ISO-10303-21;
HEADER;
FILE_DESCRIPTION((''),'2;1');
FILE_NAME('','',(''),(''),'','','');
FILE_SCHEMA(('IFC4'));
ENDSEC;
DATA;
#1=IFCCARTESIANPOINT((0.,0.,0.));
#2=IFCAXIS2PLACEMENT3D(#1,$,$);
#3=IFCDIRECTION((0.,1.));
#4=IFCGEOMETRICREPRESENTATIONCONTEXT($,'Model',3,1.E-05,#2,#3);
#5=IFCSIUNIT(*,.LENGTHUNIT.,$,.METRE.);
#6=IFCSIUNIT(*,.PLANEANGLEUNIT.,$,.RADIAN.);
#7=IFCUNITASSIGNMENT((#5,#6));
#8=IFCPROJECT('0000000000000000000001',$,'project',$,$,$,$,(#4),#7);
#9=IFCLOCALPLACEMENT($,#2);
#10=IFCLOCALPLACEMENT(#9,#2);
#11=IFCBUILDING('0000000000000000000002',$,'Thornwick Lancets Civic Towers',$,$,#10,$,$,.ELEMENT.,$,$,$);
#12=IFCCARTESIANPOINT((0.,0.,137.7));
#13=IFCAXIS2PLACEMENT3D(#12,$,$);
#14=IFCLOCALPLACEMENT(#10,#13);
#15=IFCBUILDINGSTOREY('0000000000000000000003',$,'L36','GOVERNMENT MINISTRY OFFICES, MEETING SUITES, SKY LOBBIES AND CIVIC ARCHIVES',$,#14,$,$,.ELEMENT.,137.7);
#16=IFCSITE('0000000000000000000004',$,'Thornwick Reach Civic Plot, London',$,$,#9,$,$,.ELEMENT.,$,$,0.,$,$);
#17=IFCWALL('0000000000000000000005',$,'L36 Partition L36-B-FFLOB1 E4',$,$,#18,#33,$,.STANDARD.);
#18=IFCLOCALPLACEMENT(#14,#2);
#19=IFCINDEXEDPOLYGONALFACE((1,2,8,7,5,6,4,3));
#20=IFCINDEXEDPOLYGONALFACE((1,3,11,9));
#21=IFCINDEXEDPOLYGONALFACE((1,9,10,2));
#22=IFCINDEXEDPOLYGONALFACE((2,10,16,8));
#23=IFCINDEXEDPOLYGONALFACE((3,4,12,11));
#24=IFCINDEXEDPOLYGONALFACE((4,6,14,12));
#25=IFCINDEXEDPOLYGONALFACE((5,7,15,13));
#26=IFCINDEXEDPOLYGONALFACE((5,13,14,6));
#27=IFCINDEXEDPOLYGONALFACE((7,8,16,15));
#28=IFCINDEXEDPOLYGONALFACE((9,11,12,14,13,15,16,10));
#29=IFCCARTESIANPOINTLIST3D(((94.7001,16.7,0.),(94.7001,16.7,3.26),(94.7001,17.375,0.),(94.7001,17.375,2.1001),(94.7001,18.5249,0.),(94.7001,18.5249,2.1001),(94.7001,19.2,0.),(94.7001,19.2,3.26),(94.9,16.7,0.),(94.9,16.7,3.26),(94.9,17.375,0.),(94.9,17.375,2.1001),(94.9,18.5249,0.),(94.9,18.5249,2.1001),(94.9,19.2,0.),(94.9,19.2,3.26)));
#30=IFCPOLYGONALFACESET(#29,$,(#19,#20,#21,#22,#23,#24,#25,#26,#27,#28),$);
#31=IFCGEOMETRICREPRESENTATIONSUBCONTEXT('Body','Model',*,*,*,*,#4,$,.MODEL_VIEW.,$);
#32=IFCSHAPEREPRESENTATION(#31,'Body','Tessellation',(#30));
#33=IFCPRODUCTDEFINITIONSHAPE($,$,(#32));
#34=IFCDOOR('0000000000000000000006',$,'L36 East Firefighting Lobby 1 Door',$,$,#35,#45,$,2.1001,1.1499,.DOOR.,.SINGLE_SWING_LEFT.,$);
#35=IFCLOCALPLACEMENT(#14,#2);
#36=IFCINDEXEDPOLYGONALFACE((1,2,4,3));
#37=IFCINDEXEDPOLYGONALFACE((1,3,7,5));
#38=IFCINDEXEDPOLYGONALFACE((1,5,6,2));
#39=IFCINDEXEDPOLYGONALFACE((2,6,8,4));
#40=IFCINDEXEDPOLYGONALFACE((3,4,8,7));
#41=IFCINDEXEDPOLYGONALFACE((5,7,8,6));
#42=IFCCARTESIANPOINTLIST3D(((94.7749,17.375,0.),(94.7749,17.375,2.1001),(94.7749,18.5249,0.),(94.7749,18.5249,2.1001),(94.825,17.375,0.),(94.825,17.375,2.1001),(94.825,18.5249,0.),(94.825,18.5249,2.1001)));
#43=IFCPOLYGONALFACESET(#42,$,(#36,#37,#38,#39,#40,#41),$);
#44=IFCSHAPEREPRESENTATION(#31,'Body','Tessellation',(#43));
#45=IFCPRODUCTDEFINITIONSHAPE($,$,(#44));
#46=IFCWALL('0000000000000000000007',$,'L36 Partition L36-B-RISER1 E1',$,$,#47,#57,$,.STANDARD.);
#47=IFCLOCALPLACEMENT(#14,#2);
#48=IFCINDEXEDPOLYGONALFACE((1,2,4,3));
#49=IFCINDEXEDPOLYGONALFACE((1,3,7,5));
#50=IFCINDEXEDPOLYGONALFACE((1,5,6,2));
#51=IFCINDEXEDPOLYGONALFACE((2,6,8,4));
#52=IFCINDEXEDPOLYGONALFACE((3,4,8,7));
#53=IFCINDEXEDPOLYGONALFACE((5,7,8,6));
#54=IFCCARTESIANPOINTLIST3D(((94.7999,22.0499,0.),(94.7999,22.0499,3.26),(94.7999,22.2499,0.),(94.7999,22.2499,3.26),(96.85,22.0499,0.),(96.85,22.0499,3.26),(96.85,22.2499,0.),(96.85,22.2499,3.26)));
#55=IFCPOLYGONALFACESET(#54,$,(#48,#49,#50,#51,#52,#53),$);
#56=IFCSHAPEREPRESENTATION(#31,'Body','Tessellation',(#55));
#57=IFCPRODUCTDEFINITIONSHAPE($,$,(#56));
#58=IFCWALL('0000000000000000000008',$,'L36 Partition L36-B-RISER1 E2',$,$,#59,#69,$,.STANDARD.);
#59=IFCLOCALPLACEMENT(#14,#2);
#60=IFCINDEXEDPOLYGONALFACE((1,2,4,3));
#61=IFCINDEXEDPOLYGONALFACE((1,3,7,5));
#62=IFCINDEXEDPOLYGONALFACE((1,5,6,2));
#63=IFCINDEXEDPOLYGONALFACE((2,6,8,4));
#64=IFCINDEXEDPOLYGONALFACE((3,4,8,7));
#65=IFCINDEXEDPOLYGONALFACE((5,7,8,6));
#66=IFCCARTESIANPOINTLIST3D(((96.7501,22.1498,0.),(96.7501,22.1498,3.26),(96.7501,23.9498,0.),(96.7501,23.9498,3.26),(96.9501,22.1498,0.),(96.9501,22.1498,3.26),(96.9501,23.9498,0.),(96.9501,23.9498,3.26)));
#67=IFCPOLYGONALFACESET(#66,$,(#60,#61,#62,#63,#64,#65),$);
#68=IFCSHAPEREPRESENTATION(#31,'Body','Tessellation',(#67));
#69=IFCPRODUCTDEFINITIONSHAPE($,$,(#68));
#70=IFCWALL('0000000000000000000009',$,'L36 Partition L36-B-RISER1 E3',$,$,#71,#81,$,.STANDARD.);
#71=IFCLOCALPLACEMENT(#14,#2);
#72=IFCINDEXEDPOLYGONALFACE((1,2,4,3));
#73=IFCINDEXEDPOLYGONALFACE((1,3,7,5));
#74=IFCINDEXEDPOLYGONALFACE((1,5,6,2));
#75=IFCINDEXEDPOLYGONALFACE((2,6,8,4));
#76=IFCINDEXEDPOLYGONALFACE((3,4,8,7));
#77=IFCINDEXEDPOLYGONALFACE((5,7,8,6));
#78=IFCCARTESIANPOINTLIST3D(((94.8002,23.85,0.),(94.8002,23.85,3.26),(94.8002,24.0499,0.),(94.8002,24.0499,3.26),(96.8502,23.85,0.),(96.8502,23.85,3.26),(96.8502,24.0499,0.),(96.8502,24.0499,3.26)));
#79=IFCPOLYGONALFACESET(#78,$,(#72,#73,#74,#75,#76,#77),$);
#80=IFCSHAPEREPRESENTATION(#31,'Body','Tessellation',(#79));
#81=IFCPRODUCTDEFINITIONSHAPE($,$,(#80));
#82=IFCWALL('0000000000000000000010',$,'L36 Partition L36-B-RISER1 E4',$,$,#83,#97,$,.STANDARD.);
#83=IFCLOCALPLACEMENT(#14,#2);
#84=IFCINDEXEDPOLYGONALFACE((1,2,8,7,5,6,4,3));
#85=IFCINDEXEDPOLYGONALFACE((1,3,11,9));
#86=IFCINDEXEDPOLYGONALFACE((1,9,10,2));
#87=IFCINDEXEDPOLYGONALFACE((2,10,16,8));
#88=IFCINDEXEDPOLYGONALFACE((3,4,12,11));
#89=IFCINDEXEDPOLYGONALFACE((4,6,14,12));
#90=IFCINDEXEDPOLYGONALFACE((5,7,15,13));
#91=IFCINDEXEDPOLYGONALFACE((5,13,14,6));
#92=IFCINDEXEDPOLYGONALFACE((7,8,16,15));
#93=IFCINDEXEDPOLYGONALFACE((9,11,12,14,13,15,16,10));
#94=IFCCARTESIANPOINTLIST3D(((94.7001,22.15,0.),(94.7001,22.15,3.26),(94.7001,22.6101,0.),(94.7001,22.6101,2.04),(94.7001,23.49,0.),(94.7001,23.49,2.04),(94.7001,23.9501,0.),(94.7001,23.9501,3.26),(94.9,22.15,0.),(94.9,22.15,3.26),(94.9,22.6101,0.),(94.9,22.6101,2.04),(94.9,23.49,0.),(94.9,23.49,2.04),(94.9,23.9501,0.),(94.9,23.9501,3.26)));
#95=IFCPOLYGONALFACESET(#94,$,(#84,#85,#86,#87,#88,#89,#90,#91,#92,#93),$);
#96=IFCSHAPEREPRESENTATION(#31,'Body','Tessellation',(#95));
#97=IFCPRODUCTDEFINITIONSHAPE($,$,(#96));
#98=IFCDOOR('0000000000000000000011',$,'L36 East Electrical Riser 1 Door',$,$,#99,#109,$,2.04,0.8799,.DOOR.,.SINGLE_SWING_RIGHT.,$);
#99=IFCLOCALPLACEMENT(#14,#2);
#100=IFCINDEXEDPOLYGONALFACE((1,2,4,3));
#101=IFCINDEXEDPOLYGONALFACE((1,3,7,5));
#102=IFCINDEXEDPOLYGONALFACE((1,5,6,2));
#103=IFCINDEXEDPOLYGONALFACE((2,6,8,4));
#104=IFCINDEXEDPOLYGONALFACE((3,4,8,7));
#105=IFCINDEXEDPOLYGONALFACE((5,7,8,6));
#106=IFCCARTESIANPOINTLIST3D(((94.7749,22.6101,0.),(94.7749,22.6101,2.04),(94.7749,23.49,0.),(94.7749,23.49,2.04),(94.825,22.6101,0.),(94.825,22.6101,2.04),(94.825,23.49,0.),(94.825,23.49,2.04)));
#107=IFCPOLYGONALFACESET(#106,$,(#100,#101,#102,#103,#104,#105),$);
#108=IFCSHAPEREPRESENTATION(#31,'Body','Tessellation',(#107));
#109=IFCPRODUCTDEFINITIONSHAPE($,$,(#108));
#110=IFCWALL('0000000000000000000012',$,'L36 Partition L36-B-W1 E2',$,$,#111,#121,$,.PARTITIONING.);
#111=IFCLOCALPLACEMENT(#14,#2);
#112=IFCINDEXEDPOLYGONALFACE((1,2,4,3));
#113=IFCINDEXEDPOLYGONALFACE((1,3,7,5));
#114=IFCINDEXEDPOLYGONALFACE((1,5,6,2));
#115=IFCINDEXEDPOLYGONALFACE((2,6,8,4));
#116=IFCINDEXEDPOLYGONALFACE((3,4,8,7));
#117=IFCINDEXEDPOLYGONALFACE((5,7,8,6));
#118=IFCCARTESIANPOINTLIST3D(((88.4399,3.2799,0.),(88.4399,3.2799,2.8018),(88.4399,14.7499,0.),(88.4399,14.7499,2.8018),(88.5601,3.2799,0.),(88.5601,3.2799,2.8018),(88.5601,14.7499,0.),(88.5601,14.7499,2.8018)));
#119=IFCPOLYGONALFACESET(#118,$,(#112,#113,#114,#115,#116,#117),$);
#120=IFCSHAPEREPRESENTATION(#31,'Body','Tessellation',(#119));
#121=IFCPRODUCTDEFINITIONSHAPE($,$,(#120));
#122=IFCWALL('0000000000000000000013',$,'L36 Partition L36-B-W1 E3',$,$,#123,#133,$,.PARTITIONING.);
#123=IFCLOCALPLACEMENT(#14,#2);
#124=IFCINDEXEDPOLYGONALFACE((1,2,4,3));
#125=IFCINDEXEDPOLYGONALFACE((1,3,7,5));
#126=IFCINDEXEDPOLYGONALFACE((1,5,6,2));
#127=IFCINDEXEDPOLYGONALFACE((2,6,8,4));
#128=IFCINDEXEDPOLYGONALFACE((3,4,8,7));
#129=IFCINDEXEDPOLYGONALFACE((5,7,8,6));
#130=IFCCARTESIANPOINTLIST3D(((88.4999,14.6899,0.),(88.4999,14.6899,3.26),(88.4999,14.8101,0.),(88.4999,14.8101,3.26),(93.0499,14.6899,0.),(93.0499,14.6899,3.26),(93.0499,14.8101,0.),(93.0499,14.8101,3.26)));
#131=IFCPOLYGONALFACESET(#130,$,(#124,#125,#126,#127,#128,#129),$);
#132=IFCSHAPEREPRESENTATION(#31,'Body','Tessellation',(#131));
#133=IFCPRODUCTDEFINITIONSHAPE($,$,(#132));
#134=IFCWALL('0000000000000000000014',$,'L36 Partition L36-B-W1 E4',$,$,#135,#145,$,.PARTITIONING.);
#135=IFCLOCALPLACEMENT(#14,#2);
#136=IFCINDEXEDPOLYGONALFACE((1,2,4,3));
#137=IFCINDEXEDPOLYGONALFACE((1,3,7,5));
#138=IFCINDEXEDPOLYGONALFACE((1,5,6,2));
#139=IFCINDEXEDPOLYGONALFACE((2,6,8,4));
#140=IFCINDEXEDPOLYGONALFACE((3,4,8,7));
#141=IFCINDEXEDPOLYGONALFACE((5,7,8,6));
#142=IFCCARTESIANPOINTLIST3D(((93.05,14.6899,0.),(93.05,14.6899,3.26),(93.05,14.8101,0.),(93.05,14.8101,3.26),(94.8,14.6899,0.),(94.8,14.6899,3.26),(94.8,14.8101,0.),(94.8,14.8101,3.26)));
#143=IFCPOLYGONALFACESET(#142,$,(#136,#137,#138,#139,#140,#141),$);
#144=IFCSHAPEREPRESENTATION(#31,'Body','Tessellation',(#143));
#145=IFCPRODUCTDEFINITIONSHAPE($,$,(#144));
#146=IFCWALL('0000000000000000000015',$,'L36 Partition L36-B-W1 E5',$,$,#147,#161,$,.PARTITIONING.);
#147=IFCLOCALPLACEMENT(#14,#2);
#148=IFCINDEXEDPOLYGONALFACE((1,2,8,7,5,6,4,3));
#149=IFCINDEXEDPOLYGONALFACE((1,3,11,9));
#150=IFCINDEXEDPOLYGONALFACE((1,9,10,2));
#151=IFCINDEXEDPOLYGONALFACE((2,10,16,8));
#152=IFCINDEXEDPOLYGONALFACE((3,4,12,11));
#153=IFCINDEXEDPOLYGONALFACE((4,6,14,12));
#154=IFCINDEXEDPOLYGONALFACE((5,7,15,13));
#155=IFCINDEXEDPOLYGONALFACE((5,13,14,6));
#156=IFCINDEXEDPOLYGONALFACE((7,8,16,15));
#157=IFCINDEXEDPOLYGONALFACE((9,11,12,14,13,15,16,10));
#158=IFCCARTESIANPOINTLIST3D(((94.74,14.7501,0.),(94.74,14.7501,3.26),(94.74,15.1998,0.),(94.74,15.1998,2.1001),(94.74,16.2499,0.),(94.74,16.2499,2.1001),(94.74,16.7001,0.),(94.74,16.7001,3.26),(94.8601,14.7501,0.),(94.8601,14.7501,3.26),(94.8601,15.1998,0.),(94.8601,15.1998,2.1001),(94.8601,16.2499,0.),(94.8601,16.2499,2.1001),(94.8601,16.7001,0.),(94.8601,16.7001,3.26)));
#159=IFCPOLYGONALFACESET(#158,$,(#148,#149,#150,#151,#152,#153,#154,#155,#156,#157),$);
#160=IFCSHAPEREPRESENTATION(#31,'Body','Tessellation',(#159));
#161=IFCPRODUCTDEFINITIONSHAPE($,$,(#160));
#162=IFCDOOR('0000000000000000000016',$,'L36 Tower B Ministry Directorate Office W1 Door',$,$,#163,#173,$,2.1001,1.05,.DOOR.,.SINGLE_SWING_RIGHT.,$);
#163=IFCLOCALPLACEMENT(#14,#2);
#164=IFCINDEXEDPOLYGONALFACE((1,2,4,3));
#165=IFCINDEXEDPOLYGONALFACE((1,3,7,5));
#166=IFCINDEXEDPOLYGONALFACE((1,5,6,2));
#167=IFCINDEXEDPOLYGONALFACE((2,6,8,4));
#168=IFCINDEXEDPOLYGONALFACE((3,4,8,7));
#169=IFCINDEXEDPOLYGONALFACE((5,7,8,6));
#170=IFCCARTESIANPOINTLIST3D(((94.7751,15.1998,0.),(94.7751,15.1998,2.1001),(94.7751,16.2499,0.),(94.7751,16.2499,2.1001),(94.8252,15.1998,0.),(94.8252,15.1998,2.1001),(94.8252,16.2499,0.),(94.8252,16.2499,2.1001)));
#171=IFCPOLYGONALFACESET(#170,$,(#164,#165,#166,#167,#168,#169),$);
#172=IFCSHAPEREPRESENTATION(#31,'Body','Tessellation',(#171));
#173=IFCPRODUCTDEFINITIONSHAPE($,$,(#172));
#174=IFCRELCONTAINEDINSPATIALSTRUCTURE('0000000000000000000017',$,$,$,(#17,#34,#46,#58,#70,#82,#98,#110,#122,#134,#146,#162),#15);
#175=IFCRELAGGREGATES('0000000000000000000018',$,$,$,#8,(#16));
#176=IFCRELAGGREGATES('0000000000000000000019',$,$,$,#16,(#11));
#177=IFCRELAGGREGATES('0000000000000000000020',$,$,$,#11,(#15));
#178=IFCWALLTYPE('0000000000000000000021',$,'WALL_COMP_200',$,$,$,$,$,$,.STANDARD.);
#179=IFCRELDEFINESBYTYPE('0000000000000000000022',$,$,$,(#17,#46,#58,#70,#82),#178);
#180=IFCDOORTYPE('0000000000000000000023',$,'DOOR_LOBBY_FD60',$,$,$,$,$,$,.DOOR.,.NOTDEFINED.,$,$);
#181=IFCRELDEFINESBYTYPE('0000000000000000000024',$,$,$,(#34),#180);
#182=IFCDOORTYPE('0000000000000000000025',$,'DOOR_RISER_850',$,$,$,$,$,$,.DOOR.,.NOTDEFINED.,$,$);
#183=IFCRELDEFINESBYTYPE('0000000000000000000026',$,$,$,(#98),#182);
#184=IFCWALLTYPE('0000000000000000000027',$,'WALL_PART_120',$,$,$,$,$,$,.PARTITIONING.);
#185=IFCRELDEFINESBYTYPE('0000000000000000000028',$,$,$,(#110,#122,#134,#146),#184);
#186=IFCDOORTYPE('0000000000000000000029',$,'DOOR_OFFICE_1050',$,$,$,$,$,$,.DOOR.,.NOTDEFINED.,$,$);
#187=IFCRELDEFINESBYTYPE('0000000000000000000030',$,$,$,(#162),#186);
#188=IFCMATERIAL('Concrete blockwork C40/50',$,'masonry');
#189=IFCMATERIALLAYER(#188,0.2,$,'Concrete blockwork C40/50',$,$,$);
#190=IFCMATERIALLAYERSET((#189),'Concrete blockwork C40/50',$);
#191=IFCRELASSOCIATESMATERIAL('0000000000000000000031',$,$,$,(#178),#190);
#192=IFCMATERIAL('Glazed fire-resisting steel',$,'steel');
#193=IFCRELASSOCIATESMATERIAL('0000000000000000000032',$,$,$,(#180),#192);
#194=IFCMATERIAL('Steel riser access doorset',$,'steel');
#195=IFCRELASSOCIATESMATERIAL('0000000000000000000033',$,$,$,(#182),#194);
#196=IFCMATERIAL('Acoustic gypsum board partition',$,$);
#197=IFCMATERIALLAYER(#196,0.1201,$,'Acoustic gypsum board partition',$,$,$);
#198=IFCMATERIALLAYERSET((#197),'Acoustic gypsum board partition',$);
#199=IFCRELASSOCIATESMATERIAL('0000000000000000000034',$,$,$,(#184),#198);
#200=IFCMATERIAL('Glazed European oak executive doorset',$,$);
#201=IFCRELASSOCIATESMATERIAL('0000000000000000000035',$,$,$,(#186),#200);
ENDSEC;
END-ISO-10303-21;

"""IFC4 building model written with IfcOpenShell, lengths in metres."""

from ifc_helpers import new_model, si_unit, direction, frame, frame_2d, origin, place, context, subcontext, project, spatial, rectangle, extrude, material, layer, layer_set, type_object, element, fill, save


model = new_model("IFC4")

# Units and contexts
model_context = context("Model", 3, precision=1e-05, world=origin(), true_north=direction((0.0, 1.0)))
body_context = subcontext(model_context, "Body", "Model", "MODEL_VIEW")
ifc_project = project(units=[si_unit("LENGTHUNIT", "METRE"), si_unit("PLANEANGLEUNIT", "RADIAN")], contexts=[model_context])

# Site, building, storey
site_placement = place(None, origin())
site = spatial("IfcSite", under=ifc_project, at=site_placement, Name="Thornwick Reach Civic Plot, London", CompositionType="ELEMENT", RefElevation=0.0)
building_placement = place(site_placement, origin())
building = spatial("IfcBuilding", under=site, at=building_placement, Name="Thornwick Lancets Civic Towers", CompositionType="ELEMENT")
storey_placement = place(building_placement, frame((0.0, 0.0, 137.7)))
storey = spatial("IfcBuildingStorey", under=building, at=storey_placement, Name="L36", Description="GOVERNMENT MINISTRY OFFICES, MEETING SUITES, SKY LOBBIES AND CIVIC ARCHIVES", CompositionType="ELEMENT", Elevation=137.7)

# Shared definitions
ifc_material_1 = material(Name="Concrete blockwork C40/50", Category="masonry")
ifc_layer_1 = layer(ifc_material_1, 0.2, Name="Concrete blockwork C40/50")
ifc_layer_set_1 = layer_set([ifc_layer_1], Name="Concrete blockwork C40/50")
wall_type_1 = type_object("IfcWallType", Name="WALL_COMP_200", PredefinedType="STANDARD", material=ifc_layer_set_1)

# Wall, opening, door
wall_1_placement = place(storey_placement, frame((94.8, 19.2, 0.0), z_axis=(0.0, 0.0, 1.0), x_axis=(0.0, -1.0, 0.0)))
wall_1 = element("IfcWall", 1, at=wall_1_placement, inside=storey, type_object=wall_type_1, Name="L36 Partition L36-B-FFLOB1 E4", PredefinedType="STANDARD", context=body_context, shape_type="SweptSolid", body=[
    extrude(rectangle(XDim=2.5, YDim=0.2, at=frame_2d((1.25, 0.0))), origin(), (0.0, 0.0, 1.0), 3.26),
])
opening_1_placement = place(wall_1_placement, frame((0.675, 0.0, 0.0)))
opening_1 = element("IfcOpeningElement", 2, at=opening_1_placement, cuts=wall_1, PredefinedType="OPENING", context=body_context, shape_type="SweptSolid", body=[
    extrude(rectangle(XDim=1.1499, YDim=2.1001, at=frame_2d((0.575, 1.05))), frame((0.0, 0.1099, 0.0), z_axis=(0.0, -1.0, 0.0), x_axis=(1.0, 0.0, 0.0)), (0.0, 0.0, 1.0), 0.22),
])
ifc_material_2 = material(Name="Glazed fire-resisting steel", Category="steel")
door_type_1 = type_object("IfcDoorType", Name="DOOR_LOBBY_FD60", OperationType="NOTDEFINED", PredefinedType="DOOR", material=ifc_material_2)
door_1_placement = place(opening_1_placement, origin())
door_1 = element("IfcDoor", 3, at=door_1_placement, inside=storey, type_object=door_type_1, Name="L36 East Firefighting Lobby 1 Door", OperationType="SINGLE_SWING_LEFT", OverallHeight=2.1001, OverallWidth=1.1499, PredefinedType="DOOR", context=body_context, shape_type="SweptSolid", body=[
    extrude(rectangle(XDim=1.1499, YDim=2.1001, at=frame_2d((0.575, 1.05))), frame((0.0, 0.0249, 0.0), z_axis=(0.0, -1.0, 0.0), x_axis=(1.0, 0.0, 0.0)), (0.0, 0.0, 1.0), 0.05),
])
fill(opening_1, door_1)

# Walls
wall_2_placement = place(storey_placement, frame((94.8, 22.1499, 0.0), z_axis=(0.0, 0.0, 1.0), x_axis=(1.0, 0.0, 0.0)))
element("IfcWall", 4, at=wall_2_placement, inside=storey, type_object=wall_type_1, Name="L36 Partition L36-B-RISER1 E1", PredefinedType="STANDARD", context=body_context, shape_type="SweptSolid", body=[
    extrude(rectangle(XDim=2.05, YDim=0.2, at=frame_2d((1.0249, 0.0))), origin(), (0.0, 0.0, 1.0), 3.26),
])
wall_3_placement = place(storey_placement, frame((96.8501, 22.1499, 0.0), z_axis=(0.0, 0.0, 1.0), x_axis=(0.0, 1.0, 0.0)))
element("IfcWall", 5, at=wall_3_placement, inside=storey, type_object=wall_type_1, Name="L36 Partition L36-B-RISER1 E2", PredefinedType="STANDARD", context=body_context, shape_type="SweptSolid", body=[
    extrude(rectangle(XDim=1.8, YDim=0.2, at=frame_2d((0.8999, 0.0))), origin(), (0.0, 0.0, 1.0), 3.26),
])
wall_4_placement = place(storey_placement, frame((96.8501, 23.95, 0.0), z_axis=(0.0, 0.0, 1.0), x_axis=(-1.0, 0.0, 0.0)))
element("IfcWall", 6, at=wall_4_placement, inside=storey, type_object=wall_type_1, Name="L36 Partition L36-B-RISER1 E3", PredefinedType="STANDARD", context=body_context, shape_type="SweptSolid", body=[
    extrude(rectangle(XDim=2.05, YDim=0.2, at=frame_2d((1.0249, 0.0))), origin(), (0.0, 0.0, 1.0), 3.26),
])

# Wall, opening, door
wall_5_placement = place(storey_placement, frame((94.8, 23.95, 0.0), z_axis=(0.0, 0.0, 1.0), x_axis=(0.0, -1.0, 0.0)))
wall_5 = element("IfcWall", 7, at=wall_5_placement, inside=storey, type_object=wall_type_1, Name="L36 Partition L36-B-RISER1 E4", PredefinedType="STANDARD", context=body_context, shape_type="SweptSolid", body=[
    extrude(rectangle(XDim=1.8, YDim=0.2, at=frame_2d((0.8999, 0.0))), origin(), (0.0, 0.0, 1.0), 3.26),
])
opening_2_placement = place(wall_5_placement, frame((0.46, 0.0, 0.0)))
opening_2 = element("IfcOpeningElement", 8, at=opening_2_placement, cuts=wall_5, PredefinedType="OPENING", context=body_context, shape_type="SweptSolid", body=[
    extrude(rectangle(XDim=0.8799, YDim=2.04, at=frame_2d((0.4399, 1.02))), frame((0.0, 0.1099, 0.0), z_axis=(0.0, -1.0, 0.0), x_axis=(1.0, 0.0, 0.0)), (0.0, 0.0, 1.0), 0.22),
])
ifc_material_3 = material(Name="Steel riser access doorset", Category="steel")
door_type_2 = type_object("IfcDoorType", Name="DOOR_RISER_850", OperationType="NOTDEFINED", PredefinedType="DOOR", material=ifc_material_3)
door_2_placement = place(opening_2_placement, origin())
door_2 = element("IfcDoor", 9, at=door_2_placement, inside=storey, type_object=door_type_2, Name="L36 East Electrical Riser 1 Door", OperationType="SINGLE_SWING_RIGHT", OverallHeight=2.04, OverallWidth=0.8799, PredefinedType="DOOR", context=body_context, shape_type="SweptSolid", body=[
    extrude(rectangle(XDim=0.8799, YDim=2.04, at=frame_2d((0.4399, 1.02))), frame((0.0, 0.0249, 0.0), z_axis=(0.0, -1.0, 0.0), x_axis=(1.0, 0.0, 0.0)), (0.0, 0.0, 1.0), 0.05),
])
fill(opening_2, door_2)

# Walls
ifc_material_4 = material(Name="Acoustic gypsum board partition")
ifc_layer_2 = layer(ifc_material_4, 0.1201, Name="Acoustic gypsum board partition")
ifc_layer_set_2 = layer_set([ifc_layer_2], Name="Acoustic gypsum board partition")
wall_type_2 = type_object("IfcWallType", Name="WALL_PART_120", PredefinedType="PARTITIONING", material=ifc_layer_set_2)
wall_6_placement = place(storey_placement, frame((88.5, 3.28, 0.0), z_axis=(0.0, 0.0, 1.0), x_axis=(0.0, 1.0, 0.0)))
element("IfcWall", 10, at=wall_6_placement, inside=storey, type_object=wall_type_2, Name="L36 Partition L36-B-W1 E2", PredefinedType="PARTITIONING", context=body_context, shape_type="SweptSolid", body=[
    extrude(rectangle(XDim=11.47, YDim=0.1201, at=frame_2d((5.7349, 0.0))), origin(), (0.0, 0.0, 1.0), 2.8018),
])
wall_7_placement = place(storey_placement, frame((88.5, 14.75, 0.0), z_axis=(0.0, 0.0, 1.0), x_axis=(1.0, 0.0, 0.0)))
element("IfcWall", 11, at=wall_7_placement, inside=storey, type_object=wall_type_2, Name="L36 Partition L36-B-W1 E3", PredefinedType="PARTITIONING", context=body_context, shape_type="SweptSolid", body=[
    extrude(rectangle(XDim=4.55, YDim=0.1201, at=frame_2d((2.2749, 0.0))), origin(), (0.0, 0.0, 1.0), 3.26),
])
wall_8_placement = place(storey_placement, frame((93.05, 14.75, 0.0), z_axis=(0.0, 0.0, 1.0), x_axis=(1.0, 0.0, 0.0)))
element("IfcWall", 12, at=wall_8_placement, inside=storey, type_object=wall_type_2, Name="L36 Partition L36-B-W1 E4", PredefinedType="PARTITIONING", context=body_context, shape_type="SweptSolid", body=[
    extrude(rectangle(XDim=1.75, YDim=0.1201, at=frame_2d((0.875, 0.0))), origin(), (0.0, 0.0, 1.0), 3.26),
])

# Wall, opening, door
wall_9_placement = place(storey_placement, frame((94.8, 14.75, 0.0), z_axis=(0.0, 0.0, 1.0), x_axis=(0.0, 1.0, 0.0)))
wall_9 = element("IfcWall", 13, at=wall_9_placement, inside=storey, type_object=wall_type_2, Name="L36 Partition L36-B-W1 E5", PredefinedType="PARTITIONING", context=body_context, shape_type="SweptSolid", body=[
    extrude(rectangle(XDim=1.95, YDim=0.1201, at=frame_2d((0.9751, 0.0))), origin(), (0.0, 0.0, 1.0), 3.26),
])
opening_3_placement = place(wall_9_placement, frame((0.45, 0.0, 0.0)))
opening_3 = element("IfcOpeningElement", 14, at=opening_3_placement, cuts=wall_9, PredefinedType="OPENING", context=body_context, shape_type="SweptSolid", body=[
    extrude(rectangle(XDim=1.05, YDim=2.1001, at=frame_2d((0.5249, 1.05))), frame((0.0, 0.0701, 0.0), z_axis=(0.0, -1.0, 0.0), x_axis=(1.0, 0.0, 0.0)), (0.0, 0.0, 1.0), 0.1401),
])
ifc_material_5 = material(Name="Glazed European oak executive doorset")
door_type_3 = type_object("IfcDoorType", Name="DOOR_OFFICE_1050", OperationType="NOTDEFINED", PredefinedType="DOOR", material=ifc_material_5)
door_3_placement = place(opening_3_placement, origin())
door_3 = element("IfcDoor", 15, at=door_3_placement, inside=storey, type_object=door_type_3, Name="L36 Tower B Ministry Directorate Office W1 Door", OperationType="SINGLE_SWING_RIGHT", OverallHeight=2.1001, OverallWidth=1.05, PredefinedType="DOOR", context=body_context, shape_type="SweptSolid", body=[
    extrude(rectangle(XDim=1.05, YDim=2.1001, at=frame_2d((0.5249, 1.05))), frame((0.0, 0.0249, 0.0), z_axis=(0.0, -1.0, 0.0), x_axis=(1.0, 0.0, 0.0)), (0.0, 0.0, 1.0), 0.05),
])
fill(opening_3, door_3)

save(model, "model.ifc")
